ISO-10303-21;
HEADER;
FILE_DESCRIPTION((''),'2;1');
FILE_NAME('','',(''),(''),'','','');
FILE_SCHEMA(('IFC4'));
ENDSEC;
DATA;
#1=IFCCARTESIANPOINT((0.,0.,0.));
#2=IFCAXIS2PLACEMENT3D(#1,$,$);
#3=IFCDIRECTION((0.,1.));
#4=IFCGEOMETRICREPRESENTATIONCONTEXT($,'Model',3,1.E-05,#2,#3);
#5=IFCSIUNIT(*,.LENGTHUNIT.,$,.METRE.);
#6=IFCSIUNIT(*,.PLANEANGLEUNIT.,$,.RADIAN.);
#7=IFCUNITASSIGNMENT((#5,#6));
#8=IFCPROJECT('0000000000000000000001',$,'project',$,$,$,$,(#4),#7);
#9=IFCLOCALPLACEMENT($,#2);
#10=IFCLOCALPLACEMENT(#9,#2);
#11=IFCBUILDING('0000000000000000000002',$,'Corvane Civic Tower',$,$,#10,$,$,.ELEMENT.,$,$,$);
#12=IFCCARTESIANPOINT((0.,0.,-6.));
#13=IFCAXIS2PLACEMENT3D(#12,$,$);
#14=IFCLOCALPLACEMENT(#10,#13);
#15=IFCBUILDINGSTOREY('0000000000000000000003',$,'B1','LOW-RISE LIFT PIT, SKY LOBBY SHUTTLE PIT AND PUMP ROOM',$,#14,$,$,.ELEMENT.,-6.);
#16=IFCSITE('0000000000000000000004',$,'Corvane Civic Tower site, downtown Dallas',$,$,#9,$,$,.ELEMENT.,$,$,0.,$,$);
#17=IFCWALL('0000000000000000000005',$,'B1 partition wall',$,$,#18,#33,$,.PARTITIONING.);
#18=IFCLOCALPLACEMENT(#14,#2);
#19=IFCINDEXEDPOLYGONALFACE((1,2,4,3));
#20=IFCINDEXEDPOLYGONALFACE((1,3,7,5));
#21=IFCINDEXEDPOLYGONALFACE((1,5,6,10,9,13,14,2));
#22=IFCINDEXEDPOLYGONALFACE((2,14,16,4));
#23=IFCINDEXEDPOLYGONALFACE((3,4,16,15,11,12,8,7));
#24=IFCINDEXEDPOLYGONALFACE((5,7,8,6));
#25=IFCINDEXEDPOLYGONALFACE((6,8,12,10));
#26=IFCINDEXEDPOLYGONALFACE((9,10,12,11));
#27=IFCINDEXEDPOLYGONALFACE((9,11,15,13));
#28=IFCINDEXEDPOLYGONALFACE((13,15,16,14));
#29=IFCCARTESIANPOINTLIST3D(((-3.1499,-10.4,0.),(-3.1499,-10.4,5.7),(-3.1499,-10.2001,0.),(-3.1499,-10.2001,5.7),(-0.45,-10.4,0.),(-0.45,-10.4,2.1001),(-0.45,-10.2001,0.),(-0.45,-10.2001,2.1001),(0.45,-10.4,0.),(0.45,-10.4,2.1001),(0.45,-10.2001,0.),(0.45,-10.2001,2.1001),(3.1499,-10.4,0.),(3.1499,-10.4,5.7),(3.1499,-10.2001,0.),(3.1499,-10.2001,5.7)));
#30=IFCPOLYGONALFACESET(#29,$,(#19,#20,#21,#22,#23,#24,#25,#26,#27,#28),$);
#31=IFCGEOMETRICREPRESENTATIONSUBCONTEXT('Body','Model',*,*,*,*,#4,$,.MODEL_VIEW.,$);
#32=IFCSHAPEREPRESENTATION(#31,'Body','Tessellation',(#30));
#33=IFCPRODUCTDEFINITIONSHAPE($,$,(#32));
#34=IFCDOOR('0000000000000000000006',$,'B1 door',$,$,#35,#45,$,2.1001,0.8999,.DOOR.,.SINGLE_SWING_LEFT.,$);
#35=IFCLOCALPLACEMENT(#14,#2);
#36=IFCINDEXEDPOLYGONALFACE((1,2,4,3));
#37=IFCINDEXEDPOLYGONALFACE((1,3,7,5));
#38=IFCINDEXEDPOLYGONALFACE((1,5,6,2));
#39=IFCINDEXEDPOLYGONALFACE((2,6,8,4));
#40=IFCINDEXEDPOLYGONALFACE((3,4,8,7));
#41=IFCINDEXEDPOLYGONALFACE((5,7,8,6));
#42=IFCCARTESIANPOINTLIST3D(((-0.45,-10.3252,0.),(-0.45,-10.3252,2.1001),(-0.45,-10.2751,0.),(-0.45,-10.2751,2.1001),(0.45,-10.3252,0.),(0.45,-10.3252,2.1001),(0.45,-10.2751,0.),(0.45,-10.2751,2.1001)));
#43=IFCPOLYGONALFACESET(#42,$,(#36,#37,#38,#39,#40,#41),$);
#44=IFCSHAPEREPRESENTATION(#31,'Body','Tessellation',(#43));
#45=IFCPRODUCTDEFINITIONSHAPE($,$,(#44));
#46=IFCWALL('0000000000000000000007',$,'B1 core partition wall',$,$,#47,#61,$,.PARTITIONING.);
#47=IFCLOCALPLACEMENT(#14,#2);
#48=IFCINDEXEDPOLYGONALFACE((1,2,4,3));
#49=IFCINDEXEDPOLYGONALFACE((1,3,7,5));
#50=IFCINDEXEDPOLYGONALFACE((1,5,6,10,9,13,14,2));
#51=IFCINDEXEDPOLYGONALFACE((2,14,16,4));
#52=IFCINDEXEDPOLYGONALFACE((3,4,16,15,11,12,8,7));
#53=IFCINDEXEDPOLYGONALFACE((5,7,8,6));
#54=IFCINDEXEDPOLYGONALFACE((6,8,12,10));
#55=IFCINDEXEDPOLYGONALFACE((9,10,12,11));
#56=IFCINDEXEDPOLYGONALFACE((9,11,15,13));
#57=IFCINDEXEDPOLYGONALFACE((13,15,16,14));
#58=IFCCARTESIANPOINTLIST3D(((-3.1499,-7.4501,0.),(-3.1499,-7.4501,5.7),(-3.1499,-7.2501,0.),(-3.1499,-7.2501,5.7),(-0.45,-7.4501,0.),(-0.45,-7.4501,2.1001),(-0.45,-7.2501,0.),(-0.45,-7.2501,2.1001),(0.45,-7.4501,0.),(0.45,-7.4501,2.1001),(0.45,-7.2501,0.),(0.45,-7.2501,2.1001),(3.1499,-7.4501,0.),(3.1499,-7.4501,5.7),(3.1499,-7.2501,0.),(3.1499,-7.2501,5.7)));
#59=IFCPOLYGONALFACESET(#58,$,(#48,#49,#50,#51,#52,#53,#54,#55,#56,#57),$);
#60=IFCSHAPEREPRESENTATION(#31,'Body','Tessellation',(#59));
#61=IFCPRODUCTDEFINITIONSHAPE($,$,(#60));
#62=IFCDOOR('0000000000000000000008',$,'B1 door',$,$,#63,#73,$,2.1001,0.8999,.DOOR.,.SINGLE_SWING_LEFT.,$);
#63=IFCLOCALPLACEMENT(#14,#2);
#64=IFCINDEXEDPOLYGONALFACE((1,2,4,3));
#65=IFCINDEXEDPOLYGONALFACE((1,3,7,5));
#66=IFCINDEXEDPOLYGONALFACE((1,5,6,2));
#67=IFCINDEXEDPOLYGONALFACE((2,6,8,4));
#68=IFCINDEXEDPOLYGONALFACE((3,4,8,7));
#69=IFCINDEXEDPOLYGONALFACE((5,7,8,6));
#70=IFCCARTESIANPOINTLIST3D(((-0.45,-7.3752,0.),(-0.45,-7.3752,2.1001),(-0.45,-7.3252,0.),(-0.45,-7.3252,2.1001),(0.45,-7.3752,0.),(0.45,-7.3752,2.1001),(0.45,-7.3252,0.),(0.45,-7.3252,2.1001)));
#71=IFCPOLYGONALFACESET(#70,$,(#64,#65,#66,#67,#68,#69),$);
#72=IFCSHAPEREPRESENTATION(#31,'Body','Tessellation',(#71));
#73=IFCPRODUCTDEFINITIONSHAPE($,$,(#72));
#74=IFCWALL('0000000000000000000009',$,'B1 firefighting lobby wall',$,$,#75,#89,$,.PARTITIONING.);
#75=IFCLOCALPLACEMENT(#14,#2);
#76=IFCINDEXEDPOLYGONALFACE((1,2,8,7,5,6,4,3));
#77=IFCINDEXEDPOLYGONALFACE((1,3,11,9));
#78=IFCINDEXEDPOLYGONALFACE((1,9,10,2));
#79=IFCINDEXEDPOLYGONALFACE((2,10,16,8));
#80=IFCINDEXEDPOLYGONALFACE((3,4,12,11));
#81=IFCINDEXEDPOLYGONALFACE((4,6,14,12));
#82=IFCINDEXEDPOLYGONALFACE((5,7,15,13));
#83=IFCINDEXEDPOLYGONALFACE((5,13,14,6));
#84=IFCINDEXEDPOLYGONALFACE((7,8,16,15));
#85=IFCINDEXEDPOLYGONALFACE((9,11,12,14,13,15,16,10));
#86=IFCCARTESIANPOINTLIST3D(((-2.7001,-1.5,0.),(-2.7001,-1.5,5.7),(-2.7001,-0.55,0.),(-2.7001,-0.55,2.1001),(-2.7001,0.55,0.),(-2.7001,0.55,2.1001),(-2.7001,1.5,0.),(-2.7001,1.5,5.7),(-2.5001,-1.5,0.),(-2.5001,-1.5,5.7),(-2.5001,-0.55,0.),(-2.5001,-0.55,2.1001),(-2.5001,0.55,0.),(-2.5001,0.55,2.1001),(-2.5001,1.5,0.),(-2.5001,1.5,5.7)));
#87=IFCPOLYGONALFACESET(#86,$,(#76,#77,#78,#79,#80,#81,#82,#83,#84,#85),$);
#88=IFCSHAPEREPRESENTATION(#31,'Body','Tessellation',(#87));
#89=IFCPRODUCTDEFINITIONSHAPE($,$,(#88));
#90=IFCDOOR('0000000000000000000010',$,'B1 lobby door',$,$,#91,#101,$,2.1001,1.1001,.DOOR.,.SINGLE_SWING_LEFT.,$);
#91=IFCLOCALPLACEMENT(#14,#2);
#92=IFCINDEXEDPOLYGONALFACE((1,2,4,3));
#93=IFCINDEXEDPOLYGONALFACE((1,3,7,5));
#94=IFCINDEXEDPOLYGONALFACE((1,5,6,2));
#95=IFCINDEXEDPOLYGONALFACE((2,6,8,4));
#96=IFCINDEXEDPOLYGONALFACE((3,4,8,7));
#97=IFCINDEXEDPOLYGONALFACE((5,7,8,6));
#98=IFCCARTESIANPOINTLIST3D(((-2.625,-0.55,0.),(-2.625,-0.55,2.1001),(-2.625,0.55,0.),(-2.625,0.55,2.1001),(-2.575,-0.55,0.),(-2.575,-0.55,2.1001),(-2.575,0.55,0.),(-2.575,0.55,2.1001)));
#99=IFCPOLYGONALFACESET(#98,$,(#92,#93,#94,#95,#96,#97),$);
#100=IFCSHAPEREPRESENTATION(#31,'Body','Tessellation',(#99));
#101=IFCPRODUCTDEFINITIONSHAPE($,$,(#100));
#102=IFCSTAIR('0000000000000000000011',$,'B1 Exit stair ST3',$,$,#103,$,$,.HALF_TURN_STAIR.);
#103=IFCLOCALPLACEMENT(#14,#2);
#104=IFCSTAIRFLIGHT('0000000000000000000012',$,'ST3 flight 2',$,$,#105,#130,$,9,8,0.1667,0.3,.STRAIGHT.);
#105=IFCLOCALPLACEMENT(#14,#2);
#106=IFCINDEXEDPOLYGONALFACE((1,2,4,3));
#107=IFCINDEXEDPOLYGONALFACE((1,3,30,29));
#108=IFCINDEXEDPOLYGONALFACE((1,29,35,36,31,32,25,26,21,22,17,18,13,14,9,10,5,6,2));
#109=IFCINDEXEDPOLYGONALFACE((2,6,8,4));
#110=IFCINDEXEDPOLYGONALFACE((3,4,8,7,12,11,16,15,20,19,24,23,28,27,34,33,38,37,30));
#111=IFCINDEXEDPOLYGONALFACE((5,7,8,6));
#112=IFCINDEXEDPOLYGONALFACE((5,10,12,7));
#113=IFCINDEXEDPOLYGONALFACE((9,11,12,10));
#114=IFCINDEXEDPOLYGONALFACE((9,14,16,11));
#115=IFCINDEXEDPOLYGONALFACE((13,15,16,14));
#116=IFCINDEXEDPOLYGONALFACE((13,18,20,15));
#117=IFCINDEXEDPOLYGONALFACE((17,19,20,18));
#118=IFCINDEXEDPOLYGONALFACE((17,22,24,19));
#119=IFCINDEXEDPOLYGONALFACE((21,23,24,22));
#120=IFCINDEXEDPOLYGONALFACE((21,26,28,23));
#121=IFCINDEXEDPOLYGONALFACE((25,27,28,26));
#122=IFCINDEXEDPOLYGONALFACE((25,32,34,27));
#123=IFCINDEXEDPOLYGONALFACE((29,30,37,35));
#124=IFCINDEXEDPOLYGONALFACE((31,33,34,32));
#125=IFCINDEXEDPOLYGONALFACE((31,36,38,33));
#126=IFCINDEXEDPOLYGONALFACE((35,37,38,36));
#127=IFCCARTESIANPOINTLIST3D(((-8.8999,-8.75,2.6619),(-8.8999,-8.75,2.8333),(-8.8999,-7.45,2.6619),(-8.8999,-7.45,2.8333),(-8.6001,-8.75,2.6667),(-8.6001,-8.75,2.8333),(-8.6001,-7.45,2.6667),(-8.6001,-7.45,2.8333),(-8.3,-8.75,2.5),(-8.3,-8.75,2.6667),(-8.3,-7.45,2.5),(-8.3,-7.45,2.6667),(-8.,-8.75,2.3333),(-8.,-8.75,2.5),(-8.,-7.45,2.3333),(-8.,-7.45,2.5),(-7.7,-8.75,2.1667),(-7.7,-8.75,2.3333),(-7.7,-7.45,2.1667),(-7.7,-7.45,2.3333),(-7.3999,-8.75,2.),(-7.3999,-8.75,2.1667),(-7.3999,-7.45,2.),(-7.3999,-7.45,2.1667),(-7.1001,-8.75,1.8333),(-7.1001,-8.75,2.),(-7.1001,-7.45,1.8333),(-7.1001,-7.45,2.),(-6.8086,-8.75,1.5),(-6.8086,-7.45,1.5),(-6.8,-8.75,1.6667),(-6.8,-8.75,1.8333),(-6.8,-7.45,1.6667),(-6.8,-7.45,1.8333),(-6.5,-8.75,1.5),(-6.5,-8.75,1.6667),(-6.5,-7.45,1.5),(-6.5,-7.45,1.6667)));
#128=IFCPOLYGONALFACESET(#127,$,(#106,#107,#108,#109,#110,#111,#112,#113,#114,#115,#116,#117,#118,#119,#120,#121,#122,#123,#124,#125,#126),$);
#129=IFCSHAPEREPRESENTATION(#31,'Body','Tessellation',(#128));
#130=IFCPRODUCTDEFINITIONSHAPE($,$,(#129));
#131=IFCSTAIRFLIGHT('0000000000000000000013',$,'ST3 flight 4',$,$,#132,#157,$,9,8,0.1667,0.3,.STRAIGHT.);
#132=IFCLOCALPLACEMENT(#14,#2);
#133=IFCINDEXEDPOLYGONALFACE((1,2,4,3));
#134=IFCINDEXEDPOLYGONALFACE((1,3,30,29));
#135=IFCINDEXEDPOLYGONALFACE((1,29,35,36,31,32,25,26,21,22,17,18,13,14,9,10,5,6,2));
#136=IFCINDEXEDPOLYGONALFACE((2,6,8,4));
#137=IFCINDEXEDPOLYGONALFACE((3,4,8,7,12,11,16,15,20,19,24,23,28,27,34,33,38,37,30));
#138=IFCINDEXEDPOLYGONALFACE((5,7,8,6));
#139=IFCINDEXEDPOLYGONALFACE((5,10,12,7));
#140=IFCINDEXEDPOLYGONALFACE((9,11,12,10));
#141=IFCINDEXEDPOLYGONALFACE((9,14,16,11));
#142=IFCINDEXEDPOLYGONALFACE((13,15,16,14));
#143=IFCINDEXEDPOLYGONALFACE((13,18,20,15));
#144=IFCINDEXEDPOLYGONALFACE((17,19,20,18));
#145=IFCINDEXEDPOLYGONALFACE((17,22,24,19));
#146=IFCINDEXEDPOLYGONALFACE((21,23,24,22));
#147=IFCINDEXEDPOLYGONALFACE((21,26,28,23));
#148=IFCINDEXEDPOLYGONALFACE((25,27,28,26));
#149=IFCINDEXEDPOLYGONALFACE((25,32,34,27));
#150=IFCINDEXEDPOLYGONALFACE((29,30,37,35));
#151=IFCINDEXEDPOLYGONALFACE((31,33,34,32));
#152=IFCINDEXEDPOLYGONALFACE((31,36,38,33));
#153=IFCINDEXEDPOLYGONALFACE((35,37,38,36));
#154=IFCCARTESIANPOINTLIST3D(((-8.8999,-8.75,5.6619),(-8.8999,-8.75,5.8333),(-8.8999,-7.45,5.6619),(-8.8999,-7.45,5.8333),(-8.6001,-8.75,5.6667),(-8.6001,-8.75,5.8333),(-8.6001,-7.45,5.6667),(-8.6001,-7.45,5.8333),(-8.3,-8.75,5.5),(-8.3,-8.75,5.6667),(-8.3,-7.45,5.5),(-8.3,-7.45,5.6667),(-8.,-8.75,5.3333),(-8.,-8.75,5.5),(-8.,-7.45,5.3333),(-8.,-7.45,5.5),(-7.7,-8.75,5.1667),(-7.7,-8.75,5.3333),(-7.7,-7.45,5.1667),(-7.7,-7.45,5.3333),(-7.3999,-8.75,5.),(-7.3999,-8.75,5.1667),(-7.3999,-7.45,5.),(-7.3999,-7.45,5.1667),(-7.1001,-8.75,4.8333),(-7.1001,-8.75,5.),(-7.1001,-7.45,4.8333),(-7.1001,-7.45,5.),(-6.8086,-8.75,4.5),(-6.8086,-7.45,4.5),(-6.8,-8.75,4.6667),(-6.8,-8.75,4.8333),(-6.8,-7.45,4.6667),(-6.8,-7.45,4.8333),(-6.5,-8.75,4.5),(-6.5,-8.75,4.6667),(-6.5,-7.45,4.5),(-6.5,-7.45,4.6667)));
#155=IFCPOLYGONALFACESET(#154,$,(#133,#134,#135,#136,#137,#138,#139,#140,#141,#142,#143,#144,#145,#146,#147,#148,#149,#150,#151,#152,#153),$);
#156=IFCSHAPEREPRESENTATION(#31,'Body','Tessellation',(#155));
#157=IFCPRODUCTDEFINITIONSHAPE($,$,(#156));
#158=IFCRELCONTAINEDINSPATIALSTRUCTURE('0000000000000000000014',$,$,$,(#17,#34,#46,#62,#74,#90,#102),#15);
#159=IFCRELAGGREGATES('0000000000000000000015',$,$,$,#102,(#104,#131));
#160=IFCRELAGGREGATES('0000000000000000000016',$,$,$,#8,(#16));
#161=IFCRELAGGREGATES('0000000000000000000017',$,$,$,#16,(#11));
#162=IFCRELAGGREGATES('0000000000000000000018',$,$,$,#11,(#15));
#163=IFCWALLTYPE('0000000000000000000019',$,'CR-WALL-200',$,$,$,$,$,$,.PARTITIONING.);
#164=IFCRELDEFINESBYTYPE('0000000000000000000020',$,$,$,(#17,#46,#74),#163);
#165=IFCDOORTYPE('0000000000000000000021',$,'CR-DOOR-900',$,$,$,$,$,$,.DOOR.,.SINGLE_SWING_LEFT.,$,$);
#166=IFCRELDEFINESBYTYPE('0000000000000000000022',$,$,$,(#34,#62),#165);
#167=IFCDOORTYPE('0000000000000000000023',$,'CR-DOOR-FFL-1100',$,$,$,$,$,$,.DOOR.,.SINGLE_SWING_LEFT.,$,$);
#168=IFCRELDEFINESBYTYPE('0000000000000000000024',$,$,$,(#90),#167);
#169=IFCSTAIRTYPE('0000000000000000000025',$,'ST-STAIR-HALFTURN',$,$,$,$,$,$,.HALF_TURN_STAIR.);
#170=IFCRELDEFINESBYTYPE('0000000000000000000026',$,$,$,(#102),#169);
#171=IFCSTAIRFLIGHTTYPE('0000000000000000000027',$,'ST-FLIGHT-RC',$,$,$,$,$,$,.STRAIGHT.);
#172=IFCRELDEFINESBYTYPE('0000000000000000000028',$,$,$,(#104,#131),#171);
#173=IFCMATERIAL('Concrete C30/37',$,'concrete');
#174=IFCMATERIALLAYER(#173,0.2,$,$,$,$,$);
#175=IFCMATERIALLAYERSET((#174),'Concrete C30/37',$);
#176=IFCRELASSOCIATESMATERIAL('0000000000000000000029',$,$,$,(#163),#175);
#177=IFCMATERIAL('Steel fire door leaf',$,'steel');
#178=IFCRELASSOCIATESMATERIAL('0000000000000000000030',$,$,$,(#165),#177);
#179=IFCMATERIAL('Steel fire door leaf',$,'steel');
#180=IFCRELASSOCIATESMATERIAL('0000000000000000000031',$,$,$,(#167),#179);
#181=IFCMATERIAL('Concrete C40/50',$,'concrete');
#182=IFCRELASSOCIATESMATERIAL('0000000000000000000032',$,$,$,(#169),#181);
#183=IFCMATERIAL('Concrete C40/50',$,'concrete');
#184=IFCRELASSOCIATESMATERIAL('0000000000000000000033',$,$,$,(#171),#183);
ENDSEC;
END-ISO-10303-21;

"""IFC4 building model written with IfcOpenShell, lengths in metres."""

from ifc_helpers import new_model, si_unit, direction, frame, frame_2d, origin, place, context, subcontext, project, spatial, polyline, rectangle, outline, extrude, material, layer, layer_set, type_object, element, fill, aggregate, save


model = new_model("IFC4")

# Units and contexts
model_context = context("Model", 3, precision=1e-05, world=origin(), true_north=direction((0.0, 1.0)))
body_context = subcontext(model_context, "Body", "Model", "MODEL_VIEW")
ifc_project = project(units=[si_unit("LENGTHUNIT", "METRE"), si_unit("PLANEANGLEUNIT", "RADIAN")], contexts=[model_context])

# Site, building, storey
site_placement = place(None, origin())
site = spatial("IfcSite", under=ifc_project, at=site_placement, Name="Corvane Civic Tower site, downtown Dallas", CompositionType="ELEMENT", RefElevation=0.0)
building_placement = place(site_placement, origin())
building = spatial("IfcBuilding", under=site, at=building_placement, Name="Corvane Civic Tower", CompositionType="ELEMENT")
storey_placement = place(building_placement, frame((0.0, 0.0, -6.0)))
storey = spatial("IfcBuildingStorey", under=building, at=storey_placement, Name="B1", Description="LOW-RISE LIFT PIT, SKY LOBBY SHUTTLE PIT AND PUMP ROOM", CompositionType="ELEMENT", Elevation=-6.0)

# Walls, openings, doors
ifc_material_1 = material(Name="Concrete C30/37", Category="concrete")
ifc_layer_1 = layer(ifc_material_1, 0.2)
ifc_layer_set_1 = layer_set([ifc_layer_1], Name="Concrete C30/37")
wall_type_1 = type_object("IfcWallType", Name="CR-WALL-200", PredefinedType="PARTITIONING", material=ifc_layer_set_1)
wall_1_placement = place(storey_placement, frame((-3.1499, -10.3, 0.0), z_axis=(0.0, 0.0, 1.0), x_axis=(1.0, 0.0, 0.0)))
wall_1 = element("IfcWall", 1, at=wall_1_placement, inside=storey, type_object=wall_type_1, Name="B1 partition wall", PredefinedType="PARTITIONING", context=body_context, shape_type="SweptSolid", body=[
    extrude(rectangle(XDim=6.2998, YDim=0.2, at=frame_2d((3.1499, 0.0))), origin(), (0.0, 0.0, 1.0), 5.7),
])
opening_1_placement = place(wall_1_placement, frame((2.7, 0.0, 0.0)))
opening_1 = element("IfcOpeningElement", 2, at=opening_1_placement, cuts=wall_1, PredefinedType="OPENING", context=body_context, shape_type="SweptSolid", body=[
    extrude(rectangle(XDim=0.8999, YDim=2.1001, at=frame_2d((0.45, 1.05))), frame((0.0, 0.1099, 0.0), z_axis=(0.0, -1.0, 0.0), x_axis=(1.0, 0.0, 0.0)), (0.0, 0.0, 1.0), 0.22),
])
ifc_material_2 = material(Name="Steel fire door leaf", Category="steel")
door_type_1 = type_object("IfcDoorType", Name="CR-DOOR-900", OperationType="SINGLE_SWING_LEFT", PredefinedType="DOOR", material=ifc_material_2)
door_1_placement = place(opening_1_placement, origin())
door_1 = element("IfcDoor", 3, at=door_1_placement, inside=storey, type_object=door_type_1, Name="B1 door", OperationType="SINGLE_SWING_LEFT", OverallHeight=2.1001, OverallWidth=0.8999, PredefinedType="DOOR", context=body_context, shape_type="SweptSolid", body=[
    extrude(rectangle(XDim=0.8999, YDim=2.1001, at=frame_2d((0.45, 1.05))), frame((0.0, 0.0249, 0.0), z_axis=(0.0, -1.0, 0.0), x_axis=(1.0, 0.0, 0.0)), (0.0, 0.0, 1.0), 0.05),
])
fill(opening_1, door_1)
wall_2_placement = place(storey_placement, frame((-3.1499, -7.3501, 0.0), z_axis=(0.0, 0.0, 1.0), x_axis=(1.0, 0.0, 0.0)))
wall_2 = element("IfcWall", 4, at=wall_2_placement, inside=storey, type_object=wall_type_1, Name="B1 core partition wall", PredefinedType="PARTITIONING", context=body_context, shape_type="SweptSolid", body=[
    extrude(rectangle(XDim=6.2998, YDim=0.2, at=frame_2d((3.1499, 0.0))), origin(), (0.0, 0.0, 1.0), 5.7),
])
opening_2_placement = place(wall_2_placement, frame((2.7, 0.0, 0.0)))
opening_2 = element("IfcOpeningElement", 5, at=opening_2_placement, cuts=wall_2, PredefinedType="OPENING", context=body_context, shape_type="SweptSolid", body=[
    extrude(rectangle(XDim=0.8999, YDim=2.1001, at=frame_2d((0.45, 1.05))), frame((0.0, 0.1099, 0.0), z_axis=(0.0, -1.0, 0.0), x_axis=(1.0, 0.0, 0.0)), (0.0, 0.0, 1.0), 0.22),
])
door_2_placement = place(opening_2_placement, origin())
door_2 = element("IfcDoor", 6, at=door_2_placement, inside=storey, type_object=door_type_1, Name="B1 door", OperationType="SINGLE_SWING_LEFT", OverallHeight=2.1001, OverallWidth=0.8999, PredefinedType="DOOR", context=body_context, shape_type="SweptSolid", body=[
    extrude(rectangle(XDim=0.8999, YDim=2.1001, at=frame_2d((0.45, 1.05))), frame((0.0, 0.0249, 0.0), z_axis=(0.0, -1.0, 0.0), x_axis=(1.0, 0.0, 0.0)), (0.0, 0.0, 1.0), 0.05),
])
fill(opening_2, door_2)
wall_3_placement = place(storey_placement, frame((-2.6001, -1.5, 0.0), z_axis=(0.0, 0.0, 1.0), x_axis=(0.0, 1.0, 0.0)))
wall_3 = element("IfcWall", 7, at=wall_3_placement, inside=storey, type_object=wall_type_1, Name="B1 firefighting lobby wall", PredefinedType="PARTITIONING", context=body_context, shape_type="SweptSolid", body=[
    extrude(rectangle(XDim=3.0, YDim=0.2, at=frame_2d((1.5, 0.0))), origin(), (0.0, 0.0, 1.0), 5.7),
])
opening_3_placement = place(wall_3_placement, frame((0.95, 0.0, 0.0)))
opening_3 = element("IfcOpeningElement", 8, at=opening_3_placement, cuts=wall_3, PredefinedType="OPENING", context=body_context, shape_type="SweptSolid", body=[
    extrude(rectangle(XDim=1.1001, YDim=2.1001, at=frame_2d((0.55, 1.05))), frame((0.0, 0.1099, 0.0), z_axis=(0.0, -1.0, 0.0), x_axis=(1.0, 0.0, 0.0)), (0.0, 0.0, 1.0), 0.22),
])
ifc_material_3 = material(Name="Steel fire door leaf", Category="steel")
door_type_2 = type_object("IfcDoorType", Name="CR-DOOR-FFL-1100", OperationType="SINGLE_SWING_LEFT", PredefinedType="DOOR", material=ifc_material_3)
door_3_placement = place(opening_3_placement, origin())
door_3 = element("IfcDoor", 9, at=door_3_placement, inside=storey, type_object=door_type_2, Name="B1 lobby door", OperationType="SINGLE_SWING_LEFT", OverallHeight=2.1001, OverallWidth=1.1001, PredefinedType="DOOR", context=body_context, shape_type="SweptSolid", body=[
    extrude(rectangle(XDim=1.1001, YDim=2.1001, at=frame_2d((0.55, 1.05))), frame((0.0, 0.0249, 0.0), z_axis=(0.0, -1.0, 0.0), x_axis=(1.0, 0.0, 0.0)), (0.0, 0.0, 1.0), 0.05),
])
fill(opening_3, door_3)

# Stair, stair flights
ifc_material_4 = material(Name="Concrete C40/50", Category="concrete")
stair_type = type_object("IfcStairType", Name="ST-STAIR-HALFTURN", PredefinedType="HALF_TURN_STAIR", material=ifc_material_4)
stair_placement = place(storey_placement, origin())
stair = element("IfcStair", 10, at=stair_placement, inside=storey, type_object=stair_type, Name="B1 Exit stair ST3", PredefinedType="HALF_TURN_STAIR")
ifc_material_5 = material(Name="Concrete C40/50", Category="concrete")
stair_flight_type = type_object("IfcStairFlightType", Name="ST-FLIGHT-RC", PredefinedType="STRAIGHT", material=ifc_material_5)
stair_flight_1_placement = place(storey_placement, frame((-6.5, -8.1001, 1.5), z_axis=(0.0, 0.0, 1.0), x_axis=(-1.0, 0.0, 0.0)))
stair_flight_1 = element("IfcStairFlight", 11, at=stair_flight_1_placement, type_object=stair_flight_type, Name="ST3 flight 2", NumberOfRisers=9, NumberOfTreads=8, PredefinedType="STRAIGHT", RiserHeight=0.1667, TreadLength=0.3, context=body_context, shape_type="SweptSolid", body=[
    extrude(outline(polyline([(0.0, 0.0), (0.0, 0.1667), (0.3, 0.1667), (0.3, 0.3333), (0.6001, 0.3333), (0.6001, 0.5), (0.8999, 0.5), (0.8999, 0.6667), (1.2, 0.6667), (1.2, 0.8333), (1.5, 0.8333), (1.5, 1.0), (1.8, 1.0), (1.8, 1.1667), (2.1001, 1.1667), (2.1001, 1.3333), (2.3999, 1.3333), (2.3999, 1.5), (2.3999, 1.1619), (0.3086, 0.0), (0.0, 0.0)])), frame((0.0, 0.6499, 0.0), z_axis=(0.0, -1.0, 0.0), x_axis=(1.0, 0.0, 0.0)), (0.0, 0.0, 1.0), 1.3),
])
stair_flight_2_placement = place(storey_placement, frame((-6.5, -8.1001, 4.5), z_axis=(0.0, 0.0, 1.0), x_axis=(-1.0, 0.0, 0.0)))
stair_flight_2 = element("IfcStairFlight", 12, at=stair_flight_2_placement, type_object=stair_flight_type, Name="ST3 flight 4", NumberOfRisers=9, NumberOfTreads=8, PredefinedType="STRAIGHT", RiserHeight=0.1667, TreadLength=0.3, context=body_context, shape_type="SweptSolid", body=[
    extrude(outline(polyline([(0.0, 0.0), (0.0, 0.1667), (0.3, 0.1667), (0.3, 0.3333), (0.6001, 0.3333), (0.6001, 0.5), (0.8999, 0.5), (0.8999, 0.6667), (1.2, 0.6667), (1.2, 0.8333), (1.5, 0.8333), (1.5, 1.0), (1.8, 1.0), (1.8, 1.1667), (2.1001, 1.1667), (2.1001, 1.3333), (2.3999, 1.3333), (2.3999, 1.5), (2.3999, 1.1619), (0.3086, 0.0), (0.0, 0.0)])), frame((0.0, 0.6499, 0.0), z_axis=(0.0, -1.0, 0.0), x_axis=(1.0, 0.0, 0.0)), (0.0, 0.0, 1.0), 1.3),
])
aggregate(stair, [stair_flight_1, stair_flight_2])

save(model, "model.ifc")
